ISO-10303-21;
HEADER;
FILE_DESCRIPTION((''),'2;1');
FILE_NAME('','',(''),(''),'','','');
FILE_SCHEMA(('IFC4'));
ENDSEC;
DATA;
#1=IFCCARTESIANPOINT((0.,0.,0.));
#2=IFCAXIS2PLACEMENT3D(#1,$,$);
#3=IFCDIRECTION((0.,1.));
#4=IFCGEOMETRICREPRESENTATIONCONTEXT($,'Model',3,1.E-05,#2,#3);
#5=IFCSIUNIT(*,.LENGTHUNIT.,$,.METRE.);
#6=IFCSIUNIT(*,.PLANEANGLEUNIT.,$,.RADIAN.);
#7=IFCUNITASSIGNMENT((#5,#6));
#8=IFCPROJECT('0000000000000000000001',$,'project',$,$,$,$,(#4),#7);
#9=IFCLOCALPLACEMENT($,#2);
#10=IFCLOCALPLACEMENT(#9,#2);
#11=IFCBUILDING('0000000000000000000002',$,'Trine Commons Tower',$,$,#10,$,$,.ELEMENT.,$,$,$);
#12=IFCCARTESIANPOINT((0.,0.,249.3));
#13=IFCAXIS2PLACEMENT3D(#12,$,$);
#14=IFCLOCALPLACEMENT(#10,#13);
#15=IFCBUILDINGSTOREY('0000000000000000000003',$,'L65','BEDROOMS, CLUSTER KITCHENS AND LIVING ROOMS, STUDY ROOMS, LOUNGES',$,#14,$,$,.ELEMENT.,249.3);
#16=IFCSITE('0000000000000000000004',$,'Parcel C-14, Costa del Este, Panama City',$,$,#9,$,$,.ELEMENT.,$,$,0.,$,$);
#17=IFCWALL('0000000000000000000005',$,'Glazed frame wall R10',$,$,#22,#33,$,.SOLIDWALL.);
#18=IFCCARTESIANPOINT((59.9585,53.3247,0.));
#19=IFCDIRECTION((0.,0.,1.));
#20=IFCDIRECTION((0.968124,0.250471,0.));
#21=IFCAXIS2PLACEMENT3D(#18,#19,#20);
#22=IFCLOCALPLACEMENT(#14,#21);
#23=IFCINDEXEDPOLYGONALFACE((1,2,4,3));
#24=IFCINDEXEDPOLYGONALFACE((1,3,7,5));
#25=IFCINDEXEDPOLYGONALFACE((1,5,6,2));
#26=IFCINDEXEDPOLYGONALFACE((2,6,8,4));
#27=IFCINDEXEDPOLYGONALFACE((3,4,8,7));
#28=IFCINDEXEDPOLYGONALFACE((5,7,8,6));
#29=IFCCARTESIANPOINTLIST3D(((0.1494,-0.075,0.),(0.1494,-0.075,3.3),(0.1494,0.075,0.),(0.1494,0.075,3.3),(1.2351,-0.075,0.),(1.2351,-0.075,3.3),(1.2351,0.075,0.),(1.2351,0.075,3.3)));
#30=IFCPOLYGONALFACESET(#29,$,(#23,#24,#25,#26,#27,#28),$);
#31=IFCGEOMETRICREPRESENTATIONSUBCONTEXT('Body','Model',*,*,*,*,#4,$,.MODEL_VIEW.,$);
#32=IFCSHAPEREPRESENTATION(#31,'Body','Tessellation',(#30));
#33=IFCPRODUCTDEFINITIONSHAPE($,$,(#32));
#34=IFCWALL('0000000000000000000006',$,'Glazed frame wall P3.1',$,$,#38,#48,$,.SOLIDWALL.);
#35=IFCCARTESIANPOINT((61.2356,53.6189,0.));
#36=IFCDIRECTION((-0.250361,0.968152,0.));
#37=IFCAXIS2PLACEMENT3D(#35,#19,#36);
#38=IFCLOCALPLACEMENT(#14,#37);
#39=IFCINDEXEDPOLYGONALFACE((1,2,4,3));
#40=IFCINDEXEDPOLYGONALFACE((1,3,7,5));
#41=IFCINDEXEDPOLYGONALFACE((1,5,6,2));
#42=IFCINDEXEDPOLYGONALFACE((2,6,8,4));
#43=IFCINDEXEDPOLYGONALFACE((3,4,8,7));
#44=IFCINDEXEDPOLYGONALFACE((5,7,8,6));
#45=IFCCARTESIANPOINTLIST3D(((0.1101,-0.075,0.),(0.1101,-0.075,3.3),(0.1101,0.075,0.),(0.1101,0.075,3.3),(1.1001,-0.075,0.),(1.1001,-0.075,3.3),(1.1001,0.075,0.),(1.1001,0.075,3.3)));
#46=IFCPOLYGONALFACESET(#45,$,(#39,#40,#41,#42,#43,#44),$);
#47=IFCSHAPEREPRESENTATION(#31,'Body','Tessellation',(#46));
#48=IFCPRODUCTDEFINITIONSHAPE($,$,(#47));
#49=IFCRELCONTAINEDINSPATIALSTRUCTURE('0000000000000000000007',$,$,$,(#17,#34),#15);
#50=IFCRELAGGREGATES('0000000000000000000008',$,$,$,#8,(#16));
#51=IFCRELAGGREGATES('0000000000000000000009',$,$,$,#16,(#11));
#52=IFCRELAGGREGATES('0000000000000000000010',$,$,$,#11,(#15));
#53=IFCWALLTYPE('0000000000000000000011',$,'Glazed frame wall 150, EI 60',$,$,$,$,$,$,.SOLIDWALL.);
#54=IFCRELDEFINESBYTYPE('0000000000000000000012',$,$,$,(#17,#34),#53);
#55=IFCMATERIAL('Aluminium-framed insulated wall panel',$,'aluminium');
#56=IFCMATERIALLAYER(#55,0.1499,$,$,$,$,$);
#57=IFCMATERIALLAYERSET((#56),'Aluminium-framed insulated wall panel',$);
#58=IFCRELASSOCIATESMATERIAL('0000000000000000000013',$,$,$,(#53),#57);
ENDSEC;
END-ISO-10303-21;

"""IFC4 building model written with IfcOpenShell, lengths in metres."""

from ifc_helpers import new_model, si_unit, direction, frame, origin, place, context, subcontext, project, spatial, polyline, outline, extrude, material, layer, layer_set, type_object, element, save


model = new_model("IFC4")

# Units and contexts
model_context = context("Model", 3, precision=1e-05, world=origin(), true_north=direction((0.0, 1.0)))
body_context = subcontext(model_context, "Body", "Model", "MODEL_VIEW")
ifc_project = project(units=[si_unit("LENGTHUNIT", "METRE"), si_unit("PLANEANGLEUNIT", "RADIAN")], contexts=[model_context])

# Site, building, storey
site_placement = place(None, origin())
site = spatial("IfcSite", under=ifc_project, at=site_placement, Name="Parcel C-14, Costa del Este, Panama City", CompositionType="ELEMENT", RefElevation=0.0)
building_placement = place(site_placement, origin())
building = spatial("IfcBuilding", under=site, at=building_placement, Name="Trine Commons Tower", CompositionType="ELEMENT")
storey_placement = place(building_placement, frame((0.0, 0.0, 249.3)))
storey = spatial("IfcBuildingStorey", under=building, at=storey_placement, Name="L65", Description="BEDROOMS, CLUSTER KITCHENS AND LIVING ROOMS, STUDY ROOMS, LOUNGES", CompositionType="ELEMENT", Elevation=249.3)

# Walls
ifc_material_1 = material(Name="Aluminium-framed insulated wall panel", Category="aluminium")
ifc_layer_1 = layer(ifc_material_1, 0.1499)
ifc_layer_set_1 = layer_set([ifc_layer_1], Name="Aluminium-framed insulated wall panel")
wall_type_1 = type_object("IfcWallType", Name="Glazed frame wall 150, EI 60", PredefinedType="SOLIDWALL", material=ifc_layer_set_1)
wall_1_placement = place(storey_placement, frame((59.9585, 53.3247, 0.0), z_axis=(0.0, 0.0, 1.0), x_axis=(0.968124, 0.250471, 0.0)))
element("IfcWall", 1, at=wall_1_placement, inside=storey, type_object=wall_type_1, Name="Glazed frame wall R10", PredefinedType="SOLIDWALL", context=body_context, shape_type="SweptSolid", body=[
    extrude(outline(polyline([(0.1494, 0.075), (0.1494, -0.075), (1.2351, -0.075), (1.2351, 0.075), (0.1494, 0.075)])), origin(), (0.0, 0.0, 1.0), 3.3),
])
wall_2_placement = place(storey_placement, frame((61.2356, 53.6189, 0.0), z_axis=(0.0, 0.0, 1.0), x_axis=(-0.250361, 0.968152, 0.0)))
element("IfcWall", 2, at=wall_2_placement, inside=storey, type_object=wall_type_1, Name="Glazed frame wall P3.1", PredefinedType="SOLIDWALL", context=body_context, shape_type="SweptSolid", body=[
    extrude(outline(polyline([(0.1101, -0.075), (1.1001, -0.075), (1.1001, 0.075), (0.1101, 0.075), (0.1101, -0.075)])), origin(), (0.0, 0.0, 1.0), 3.3),
])

save(model, "model.ifc")
